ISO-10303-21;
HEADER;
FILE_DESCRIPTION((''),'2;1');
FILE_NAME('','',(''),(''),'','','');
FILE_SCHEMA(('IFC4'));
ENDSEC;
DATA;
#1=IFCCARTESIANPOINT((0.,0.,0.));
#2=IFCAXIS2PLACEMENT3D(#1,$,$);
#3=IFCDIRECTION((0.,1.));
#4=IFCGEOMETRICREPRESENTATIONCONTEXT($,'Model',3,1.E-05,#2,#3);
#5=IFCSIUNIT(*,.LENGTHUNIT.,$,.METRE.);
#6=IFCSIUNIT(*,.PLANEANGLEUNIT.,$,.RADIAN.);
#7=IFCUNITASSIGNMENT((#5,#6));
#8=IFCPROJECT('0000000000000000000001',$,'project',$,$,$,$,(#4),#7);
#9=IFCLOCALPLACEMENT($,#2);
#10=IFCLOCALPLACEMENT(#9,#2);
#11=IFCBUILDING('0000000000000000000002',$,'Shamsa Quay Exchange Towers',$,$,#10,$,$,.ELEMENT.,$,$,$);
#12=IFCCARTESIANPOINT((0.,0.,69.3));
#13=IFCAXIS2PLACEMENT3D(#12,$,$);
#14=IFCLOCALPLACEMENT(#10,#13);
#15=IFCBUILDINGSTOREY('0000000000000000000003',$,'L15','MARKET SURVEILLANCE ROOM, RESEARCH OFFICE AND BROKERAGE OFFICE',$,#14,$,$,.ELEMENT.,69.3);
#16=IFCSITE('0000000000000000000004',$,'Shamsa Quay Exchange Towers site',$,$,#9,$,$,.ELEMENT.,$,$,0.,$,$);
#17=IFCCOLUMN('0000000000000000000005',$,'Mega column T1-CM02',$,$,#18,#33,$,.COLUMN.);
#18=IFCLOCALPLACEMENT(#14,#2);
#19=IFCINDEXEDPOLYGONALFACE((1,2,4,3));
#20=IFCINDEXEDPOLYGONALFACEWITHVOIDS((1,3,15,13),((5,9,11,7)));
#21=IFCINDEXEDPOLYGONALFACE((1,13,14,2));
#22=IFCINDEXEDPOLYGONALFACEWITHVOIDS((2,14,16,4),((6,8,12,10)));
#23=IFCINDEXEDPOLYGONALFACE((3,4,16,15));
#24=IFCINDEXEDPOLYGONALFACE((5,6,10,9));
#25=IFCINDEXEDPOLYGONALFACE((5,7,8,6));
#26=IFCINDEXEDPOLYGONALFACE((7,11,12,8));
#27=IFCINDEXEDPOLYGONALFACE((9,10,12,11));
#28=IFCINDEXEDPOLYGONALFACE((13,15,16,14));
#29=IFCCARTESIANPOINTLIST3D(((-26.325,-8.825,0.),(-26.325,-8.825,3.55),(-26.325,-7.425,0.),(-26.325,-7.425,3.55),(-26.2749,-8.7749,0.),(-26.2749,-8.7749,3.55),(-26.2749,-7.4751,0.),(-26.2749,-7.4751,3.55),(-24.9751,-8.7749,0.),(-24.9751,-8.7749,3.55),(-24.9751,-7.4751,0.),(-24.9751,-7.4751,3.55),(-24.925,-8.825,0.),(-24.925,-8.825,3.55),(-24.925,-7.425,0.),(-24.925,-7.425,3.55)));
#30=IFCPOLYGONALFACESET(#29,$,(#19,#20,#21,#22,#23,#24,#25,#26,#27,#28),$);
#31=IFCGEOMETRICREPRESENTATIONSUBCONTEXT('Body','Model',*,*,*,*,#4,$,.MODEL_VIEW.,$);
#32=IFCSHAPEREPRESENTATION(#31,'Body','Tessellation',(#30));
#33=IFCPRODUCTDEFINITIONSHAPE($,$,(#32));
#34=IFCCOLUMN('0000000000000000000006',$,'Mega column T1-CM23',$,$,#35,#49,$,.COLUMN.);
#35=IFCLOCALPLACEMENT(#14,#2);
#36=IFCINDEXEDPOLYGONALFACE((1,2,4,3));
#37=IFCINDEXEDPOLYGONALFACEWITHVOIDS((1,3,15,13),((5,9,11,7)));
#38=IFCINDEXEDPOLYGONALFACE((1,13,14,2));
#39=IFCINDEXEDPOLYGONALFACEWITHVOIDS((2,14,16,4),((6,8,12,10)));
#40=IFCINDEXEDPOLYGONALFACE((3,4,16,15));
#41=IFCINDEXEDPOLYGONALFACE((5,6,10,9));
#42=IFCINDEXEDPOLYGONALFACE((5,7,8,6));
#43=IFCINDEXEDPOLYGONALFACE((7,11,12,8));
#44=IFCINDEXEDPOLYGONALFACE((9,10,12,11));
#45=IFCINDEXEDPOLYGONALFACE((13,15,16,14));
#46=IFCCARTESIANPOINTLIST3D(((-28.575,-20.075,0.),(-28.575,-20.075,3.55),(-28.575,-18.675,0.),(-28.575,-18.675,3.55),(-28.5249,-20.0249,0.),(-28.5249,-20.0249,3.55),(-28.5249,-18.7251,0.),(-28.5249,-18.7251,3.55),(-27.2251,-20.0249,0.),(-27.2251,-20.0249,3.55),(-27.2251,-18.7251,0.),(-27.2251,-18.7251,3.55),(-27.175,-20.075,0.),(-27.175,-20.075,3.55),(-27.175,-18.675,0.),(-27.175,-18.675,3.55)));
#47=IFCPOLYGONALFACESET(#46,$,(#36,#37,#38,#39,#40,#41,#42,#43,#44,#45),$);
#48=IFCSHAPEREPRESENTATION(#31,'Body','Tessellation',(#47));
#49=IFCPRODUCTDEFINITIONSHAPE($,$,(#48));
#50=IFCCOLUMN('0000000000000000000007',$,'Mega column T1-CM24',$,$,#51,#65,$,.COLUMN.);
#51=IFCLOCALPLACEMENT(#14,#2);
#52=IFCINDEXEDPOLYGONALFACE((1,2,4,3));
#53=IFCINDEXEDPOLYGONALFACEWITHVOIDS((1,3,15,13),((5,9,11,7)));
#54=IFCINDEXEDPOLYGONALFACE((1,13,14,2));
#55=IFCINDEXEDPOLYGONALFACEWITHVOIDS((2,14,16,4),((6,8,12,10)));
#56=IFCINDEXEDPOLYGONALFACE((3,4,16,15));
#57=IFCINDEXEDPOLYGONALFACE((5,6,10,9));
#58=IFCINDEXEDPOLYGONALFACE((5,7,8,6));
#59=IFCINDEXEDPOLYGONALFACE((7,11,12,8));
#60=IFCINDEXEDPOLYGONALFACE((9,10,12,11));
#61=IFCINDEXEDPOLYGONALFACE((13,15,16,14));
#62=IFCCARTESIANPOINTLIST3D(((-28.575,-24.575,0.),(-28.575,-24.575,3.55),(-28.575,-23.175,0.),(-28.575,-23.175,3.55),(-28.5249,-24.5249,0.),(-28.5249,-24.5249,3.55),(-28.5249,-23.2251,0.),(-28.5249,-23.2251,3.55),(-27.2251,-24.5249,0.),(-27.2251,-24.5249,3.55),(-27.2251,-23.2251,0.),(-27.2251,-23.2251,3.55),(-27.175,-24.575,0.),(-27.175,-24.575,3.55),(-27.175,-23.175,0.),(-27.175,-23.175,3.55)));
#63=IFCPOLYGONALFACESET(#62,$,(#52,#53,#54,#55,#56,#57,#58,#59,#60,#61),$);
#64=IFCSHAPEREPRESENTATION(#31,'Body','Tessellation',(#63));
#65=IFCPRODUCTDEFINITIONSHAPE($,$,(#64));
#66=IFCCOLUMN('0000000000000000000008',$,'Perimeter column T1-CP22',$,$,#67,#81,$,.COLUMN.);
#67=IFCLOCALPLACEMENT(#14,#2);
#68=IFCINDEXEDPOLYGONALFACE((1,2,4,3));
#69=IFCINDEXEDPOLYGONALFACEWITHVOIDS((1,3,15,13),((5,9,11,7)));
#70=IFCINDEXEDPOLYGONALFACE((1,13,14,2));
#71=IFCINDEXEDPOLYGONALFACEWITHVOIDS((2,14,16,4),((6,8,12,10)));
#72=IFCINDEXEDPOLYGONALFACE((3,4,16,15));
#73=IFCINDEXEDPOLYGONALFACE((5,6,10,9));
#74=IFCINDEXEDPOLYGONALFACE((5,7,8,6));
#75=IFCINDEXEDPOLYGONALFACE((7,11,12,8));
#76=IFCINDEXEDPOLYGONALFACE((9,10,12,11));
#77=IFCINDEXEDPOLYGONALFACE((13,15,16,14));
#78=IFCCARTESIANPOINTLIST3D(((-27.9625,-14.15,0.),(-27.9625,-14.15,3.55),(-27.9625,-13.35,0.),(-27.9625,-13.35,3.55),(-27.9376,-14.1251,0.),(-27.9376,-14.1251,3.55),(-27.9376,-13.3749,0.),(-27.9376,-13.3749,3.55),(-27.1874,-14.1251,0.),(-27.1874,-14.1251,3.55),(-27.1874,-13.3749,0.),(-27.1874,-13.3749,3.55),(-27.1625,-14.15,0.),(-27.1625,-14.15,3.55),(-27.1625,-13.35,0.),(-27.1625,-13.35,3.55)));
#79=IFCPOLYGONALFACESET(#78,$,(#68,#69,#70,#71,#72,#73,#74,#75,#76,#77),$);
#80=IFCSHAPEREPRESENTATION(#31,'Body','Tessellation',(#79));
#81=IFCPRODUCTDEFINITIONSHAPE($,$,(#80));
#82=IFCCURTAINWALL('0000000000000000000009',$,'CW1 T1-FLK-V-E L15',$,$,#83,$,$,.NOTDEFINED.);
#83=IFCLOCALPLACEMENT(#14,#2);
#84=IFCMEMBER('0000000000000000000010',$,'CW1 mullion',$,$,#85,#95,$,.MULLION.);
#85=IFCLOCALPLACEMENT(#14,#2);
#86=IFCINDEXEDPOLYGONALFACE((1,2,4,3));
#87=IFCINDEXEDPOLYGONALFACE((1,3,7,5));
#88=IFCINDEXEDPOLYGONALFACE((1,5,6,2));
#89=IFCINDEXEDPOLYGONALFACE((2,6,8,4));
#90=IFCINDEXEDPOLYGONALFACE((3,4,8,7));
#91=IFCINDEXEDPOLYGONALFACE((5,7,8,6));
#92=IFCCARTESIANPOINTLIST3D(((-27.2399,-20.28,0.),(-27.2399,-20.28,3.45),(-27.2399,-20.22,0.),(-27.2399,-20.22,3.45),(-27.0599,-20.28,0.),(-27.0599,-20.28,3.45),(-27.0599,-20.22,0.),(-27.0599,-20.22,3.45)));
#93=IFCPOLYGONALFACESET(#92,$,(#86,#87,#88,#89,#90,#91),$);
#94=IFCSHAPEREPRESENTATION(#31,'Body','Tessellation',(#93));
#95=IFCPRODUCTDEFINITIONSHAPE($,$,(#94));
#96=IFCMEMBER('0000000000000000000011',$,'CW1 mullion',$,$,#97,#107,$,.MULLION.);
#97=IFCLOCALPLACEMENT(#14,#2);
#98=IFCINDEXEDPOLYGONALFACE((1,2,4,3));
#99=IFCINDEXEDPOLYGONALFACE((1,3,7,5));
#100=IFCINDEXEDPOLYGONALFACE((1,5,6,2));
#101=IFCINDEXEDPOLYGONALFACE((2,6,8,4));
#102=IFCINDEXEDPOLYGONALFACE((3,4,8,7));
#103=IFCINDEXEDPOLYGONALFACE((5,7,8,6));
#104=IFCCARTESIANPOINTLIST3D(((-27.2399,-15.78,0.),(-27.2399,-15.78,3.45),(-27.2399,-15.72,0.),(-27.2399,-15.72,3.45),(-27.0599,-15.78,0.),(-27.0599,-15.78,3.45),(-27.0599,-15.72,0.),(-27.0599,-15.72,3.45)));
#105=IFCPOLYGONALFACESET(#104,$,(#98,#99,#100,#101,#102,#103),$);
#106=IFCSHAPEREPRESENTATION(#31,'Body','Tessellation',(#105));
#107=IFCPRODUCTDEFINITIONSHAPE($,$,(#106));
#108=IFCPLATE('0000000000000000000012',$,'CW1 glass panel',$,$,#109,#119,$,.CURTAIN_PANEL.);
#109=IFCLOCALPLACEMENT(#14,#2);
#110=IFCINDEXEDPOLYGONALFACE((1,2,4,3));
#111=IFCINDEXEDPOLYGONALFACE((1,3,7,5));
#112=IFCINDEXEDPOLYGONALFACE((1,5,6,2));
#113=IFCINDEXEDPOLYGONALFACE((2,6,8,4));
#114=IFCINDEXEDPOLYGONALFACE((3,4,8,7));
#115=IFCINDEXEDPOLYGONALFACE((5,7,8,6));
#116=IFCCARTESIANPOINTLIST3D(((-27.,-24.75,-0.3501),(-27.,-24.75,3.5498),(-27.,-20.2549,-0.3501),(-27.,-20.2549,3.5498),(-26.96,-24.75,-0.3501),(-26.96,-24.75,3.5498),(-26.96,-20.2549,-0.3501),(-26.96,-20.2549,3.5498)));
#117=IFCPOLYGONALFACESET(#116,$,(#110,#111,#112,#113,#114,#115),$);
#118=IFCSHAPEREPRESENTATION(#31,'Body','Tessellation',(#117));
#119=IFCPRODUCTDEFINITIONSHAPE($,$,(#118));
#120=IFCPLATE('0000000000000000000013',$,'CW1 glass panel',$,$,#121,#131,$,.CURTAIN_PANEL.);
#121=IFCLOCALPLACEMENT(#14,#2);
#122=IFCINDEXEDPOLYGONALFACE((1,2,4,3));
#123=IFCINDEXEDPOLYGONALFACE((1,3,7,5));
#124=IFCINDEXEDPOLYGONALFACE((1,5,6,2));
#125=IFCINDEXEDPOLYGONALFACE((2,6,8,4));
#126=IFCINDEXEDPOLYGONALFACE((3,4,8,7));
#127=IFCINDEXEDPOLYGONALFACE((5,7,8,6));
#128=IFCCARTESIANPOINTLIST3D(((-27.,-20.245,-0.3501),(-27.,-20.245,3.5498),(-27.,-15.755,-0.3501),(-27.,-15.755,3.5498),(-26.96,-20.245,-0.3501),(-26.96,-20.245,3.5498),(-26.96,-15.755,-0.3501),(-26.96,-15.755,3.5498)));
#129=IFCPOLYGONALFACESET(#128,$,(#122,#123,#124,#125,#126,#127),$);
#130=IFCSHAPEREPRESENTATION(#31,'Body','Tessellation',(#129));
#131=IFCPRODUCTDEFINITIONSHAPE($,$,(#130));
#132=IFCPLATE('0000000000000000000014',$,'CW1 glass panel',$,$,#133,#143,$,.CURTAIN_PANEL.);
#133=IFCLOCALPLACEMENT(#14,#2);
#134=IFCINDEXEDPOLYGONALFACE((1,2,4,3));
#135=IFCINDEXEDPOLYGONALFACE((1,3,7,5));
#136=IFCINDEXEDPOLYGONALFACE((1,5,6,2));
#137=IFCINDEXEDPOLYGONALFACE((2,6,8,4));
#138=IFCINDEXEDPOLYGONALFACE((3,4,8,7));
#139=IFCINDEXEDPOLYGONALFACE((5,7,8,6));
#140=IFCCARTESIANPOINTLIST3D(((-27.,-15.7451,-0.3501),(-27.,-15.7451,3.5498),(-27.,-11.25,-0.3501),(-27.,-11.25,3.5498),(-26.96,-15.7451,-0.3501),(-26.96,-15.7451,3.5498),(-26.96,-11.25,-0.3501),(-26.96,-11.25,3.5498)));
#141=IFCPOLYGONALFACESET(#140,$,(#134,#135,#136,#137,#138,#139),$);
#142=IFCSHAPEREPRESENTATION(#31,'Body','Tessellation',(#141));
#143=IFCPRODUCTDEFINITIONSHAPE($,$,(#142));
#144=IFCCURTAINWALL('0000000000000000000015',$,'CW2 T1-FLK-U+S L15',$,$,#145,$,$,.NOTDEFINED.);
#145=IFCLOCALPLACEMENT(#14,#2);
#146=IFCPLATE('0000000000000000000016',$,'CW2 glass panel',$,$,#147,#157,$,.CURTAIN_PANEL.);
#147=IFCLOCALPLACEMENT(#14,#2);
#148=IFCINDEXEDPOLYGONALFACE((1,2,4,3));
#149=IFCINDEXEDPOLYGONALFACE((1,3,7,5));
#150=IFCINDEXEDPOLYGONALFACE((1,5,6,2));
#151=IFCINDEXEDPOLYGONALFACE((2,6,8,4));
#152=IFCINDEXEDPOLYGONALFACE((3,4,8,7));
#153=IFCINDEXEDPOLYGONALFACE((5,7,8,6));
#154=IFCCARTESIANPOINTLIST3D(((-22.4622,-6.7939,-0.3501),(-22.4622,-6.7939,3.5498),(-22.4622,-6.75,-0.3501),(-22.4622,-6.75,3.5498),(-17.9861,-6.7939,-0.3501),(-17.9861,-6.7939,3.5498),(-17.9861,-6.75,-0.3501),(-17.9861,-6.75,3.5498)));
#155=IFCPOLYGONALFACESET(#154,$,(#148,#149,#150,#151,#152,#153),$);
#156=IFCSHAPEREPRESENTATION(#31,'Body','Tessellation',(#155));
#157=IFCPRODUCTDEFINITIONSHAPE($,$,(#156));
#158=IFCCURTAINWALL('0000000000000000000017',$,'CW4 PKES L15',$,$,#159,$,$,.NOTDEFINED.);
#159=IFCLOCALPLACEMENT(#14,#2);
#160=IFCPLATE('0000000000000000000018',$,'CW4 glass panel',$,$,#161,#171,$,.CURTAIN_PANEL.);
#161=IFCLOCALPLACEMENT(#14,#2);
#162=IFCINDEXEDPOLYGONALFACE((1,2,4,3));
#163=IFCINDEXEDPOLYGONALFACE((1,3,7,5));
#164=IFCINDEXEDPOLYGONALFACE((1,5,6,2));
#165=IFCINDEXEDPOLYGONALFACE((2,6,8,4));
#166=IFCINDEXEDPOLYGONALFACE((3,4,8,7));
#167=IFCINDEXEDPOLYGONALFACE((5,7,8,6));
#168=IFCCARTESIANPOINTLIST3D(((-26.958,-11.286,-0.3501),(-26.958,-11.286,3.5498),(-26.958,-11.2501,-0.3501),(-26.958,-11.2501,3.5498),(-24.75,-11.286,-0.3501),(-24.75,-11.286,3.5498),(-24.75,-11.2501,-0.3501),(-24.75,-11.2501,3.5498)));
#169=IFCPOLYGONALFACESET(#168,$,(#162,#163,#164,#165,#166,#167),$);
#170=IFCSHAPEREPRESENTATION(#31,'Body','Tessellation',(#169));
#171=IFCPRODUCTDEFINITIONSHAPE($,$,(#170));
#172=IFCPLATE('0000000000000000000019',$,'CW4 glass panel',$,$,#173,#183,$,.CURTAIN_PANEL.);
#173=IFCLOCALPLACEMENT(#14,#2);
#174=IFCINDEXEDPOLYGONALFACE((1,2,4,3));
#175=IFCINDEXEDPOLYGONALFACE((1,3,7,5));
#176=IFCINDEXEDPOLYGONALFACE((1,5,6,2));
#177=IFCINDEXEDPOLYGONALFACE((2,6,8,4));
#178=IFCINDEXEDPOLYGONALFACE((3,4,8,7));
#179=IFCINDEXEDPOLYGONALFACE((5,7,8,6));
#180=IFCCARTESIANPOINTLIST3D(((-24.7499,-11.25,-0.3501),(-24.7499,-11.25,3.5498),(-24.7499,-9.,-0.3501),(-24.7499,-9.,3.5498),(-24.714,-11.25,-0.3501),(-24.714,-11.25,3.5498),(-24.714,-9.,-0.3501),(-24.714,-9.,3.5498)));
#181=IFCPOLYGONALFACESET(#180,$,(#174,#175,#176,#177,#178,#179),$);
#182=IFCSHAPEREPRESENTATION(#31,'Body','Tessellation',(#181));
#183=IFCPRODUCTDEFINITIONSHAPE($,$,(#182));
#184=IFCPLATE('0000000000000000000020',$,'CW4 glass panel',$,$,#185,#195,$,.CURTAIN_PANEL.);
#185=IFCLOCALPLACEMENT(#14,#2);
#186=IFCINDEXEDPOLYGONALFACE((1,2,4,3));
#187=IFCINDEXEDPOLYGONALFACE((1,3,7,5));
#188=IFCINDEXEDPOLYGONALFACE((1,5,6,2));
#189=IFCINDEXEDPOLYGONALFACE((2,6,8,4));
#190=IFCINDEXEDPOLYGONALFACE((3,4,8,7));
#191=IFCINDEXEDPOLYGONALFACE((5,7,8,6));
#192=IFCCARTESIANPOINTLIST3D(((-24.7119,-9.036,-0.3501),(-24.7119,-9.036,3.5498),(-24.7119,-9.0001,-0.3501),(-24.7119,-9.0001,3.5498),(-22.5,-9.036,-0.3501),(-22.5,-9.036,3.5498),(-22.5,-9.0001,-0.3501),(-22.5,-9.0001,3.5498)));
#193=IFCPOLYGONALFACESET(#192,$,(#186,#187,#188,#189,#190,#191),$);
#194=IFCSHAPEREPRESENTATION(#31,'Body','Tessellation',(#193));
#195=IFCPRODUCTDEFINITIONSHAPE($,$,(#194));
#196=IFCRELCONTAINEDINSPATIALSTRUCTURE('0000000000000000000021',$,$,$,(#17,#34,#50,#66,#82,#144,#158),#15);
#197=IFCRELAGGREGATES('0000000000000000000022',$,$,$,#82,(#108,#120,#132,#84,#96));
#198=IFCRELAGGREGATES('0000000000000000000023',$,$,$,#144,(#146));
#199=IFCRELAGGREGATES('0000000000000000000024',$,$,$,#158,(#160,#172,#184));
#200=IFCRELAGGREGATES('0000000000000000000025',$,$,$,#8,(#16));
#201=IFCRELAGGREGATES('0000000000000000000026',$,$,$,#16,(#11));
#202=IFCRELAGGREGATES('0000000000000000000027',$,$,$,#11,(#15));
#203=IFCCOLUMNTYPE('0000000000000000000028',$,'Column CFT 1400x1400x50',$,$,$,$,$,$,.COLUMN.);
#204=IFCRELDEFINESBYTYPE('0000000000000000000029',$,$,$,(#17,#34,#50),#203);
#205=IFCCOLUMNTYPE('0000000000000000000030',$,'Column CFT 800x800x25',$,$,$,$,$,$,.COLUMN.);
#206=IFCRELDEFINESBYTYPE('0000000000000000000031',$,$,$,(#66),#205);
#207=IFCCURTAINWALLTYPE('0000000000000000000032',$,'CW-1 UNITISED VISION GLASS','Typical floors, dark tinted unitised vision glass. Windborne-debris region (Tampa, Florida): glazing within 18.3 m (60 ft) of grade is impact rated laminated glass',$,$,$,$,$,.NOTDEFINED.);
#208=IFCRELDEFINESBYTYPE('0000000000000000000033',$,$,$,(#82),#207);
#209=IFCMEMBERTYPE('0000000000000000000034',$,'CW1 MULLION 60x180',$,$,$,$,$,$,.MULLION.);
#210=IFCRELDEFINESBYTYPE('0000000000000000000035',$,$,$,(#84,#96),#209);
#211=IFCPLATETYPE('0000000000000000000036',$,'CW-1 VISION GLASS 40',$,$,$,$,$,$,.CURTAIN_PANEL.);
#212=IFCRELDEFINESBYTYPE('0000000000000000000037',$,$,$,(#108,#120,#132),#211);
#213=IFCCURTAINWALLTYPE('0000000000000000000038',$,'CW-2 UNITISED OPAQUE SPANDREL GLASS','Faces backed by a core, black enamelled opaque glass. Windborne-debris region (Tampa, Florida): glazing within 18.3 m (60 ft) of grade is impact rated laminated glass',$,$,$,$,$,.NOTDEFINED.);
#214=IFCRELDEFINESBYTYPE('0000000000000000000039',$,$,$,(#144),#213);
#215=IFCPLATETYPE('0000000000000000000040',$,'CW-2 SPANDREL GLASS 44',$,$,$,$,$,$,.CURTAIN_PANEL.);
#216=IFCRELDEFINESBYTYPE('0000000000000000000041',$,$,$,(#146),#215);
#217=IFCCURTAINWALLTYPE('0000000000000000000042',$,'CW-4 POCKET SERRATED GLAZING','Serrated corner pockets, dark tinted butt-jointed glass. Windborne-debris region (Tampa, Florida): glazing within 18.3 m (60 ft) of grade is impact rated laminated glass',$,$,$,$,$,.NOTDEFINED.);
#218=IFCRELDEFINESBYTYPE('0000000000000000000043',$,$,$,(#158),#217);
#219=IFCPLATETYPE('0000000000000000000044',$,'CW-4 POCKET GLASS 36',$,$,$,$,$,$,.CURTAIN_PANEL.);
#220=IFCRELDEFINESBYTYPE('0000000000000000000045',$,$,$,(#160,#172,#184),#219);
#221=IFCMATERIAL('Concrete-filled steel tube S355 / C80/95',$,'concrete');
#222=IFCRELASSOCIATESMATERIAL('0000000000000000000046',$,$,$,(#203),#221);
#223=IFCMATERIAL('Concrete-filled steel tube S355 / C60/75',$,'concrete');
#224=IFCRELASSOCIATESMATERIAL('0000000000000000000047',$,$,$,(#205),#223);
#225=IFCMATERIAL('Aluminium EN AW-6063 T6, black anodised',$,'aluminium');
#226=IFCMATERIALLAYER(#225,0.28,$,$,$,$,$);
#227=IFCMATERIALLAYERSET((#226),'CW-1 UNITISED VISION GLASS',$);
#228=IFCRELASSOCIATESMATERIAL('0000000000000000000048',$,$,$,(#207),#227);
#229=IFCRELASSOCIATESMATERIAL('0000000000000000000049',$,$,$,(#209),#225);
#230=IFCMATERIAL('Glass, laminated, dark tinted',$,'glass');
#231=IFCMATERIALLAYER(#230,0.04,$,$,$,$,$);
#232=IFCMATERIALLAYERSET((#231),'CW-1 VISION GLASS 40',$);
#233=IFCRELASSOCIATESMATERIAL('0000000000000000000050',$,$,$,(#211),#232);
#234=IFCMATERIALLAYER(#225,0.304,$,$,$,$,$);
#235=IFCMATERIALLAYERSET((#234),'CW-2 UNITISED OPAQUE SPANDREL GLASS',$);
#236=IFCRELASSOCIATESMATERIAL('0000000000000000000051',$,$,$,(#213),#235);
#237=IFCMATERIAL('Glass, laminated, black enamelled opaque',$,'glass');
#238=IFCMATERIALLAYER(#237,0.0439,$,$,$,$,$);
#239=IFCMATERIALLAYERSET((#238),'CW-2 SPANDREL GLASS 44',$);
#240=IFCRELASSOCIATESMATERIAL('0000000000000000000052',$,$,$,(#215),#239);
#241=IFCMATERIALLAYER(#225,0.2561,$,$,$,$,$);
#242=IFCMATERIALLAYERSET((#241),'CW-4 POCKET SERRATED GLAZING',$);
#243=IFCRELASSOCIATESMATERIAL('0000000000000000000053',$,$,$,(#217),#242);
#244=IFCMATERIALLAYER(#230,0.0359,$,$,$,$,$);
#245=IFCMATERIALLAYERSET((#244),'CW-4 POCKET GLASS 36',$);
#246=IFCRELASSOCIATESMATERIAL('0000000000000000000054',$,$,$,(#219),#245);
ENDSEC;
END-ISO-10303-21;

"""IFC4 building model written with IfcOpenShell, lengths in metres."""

from ifc_helpers import new_model, si_unit, direction, frame, origin, origin_2d, place, context, subcontext, project, spatial, rectangle, hollow_rectangle, extrude, material, layer, layer_set, material_profile, profile_set, type_object, element, aggregate, save


model = new_model("IFC4")

# Units and contexts
model_context = context("Model", 3, precision=1e-05, world=origin(), true_north=direction((0.0, 1.0)))
body_context = subcontext(model_context, "Body", "Model", "MODEL_VIEW")
ifc_project = project(units=[si_unit("LENGTHUNIT", "METRE"), si_unit("PLANEANGLEUNIT", "RADIAN")], contexts=[model_context])

# Site, building, storey
site_placement = place(None, origin())
site = spatial("IfcSite", under=ifc_project, at=site_placement, Name="Shamsa Quay Exchange Towers site", CompositionType="ELEMENT", RefElevation=0.0)
building_placement = place(site_placement, origin())
building = spatial("IfcBuilding", under=site, at=building_placement, Name="Shamsa Quay Exchange Towers", CompositionType="ELEMENT")
storey_placement = place(building_placement, frame((0.0, 0.0, 69.3)))
storey = spatial("IfcBuildingStorey", under=building, at=storey_placement, Name="L15", Description="MARKET SURVEILLANCE ROOM, RESEARCH OFFICE AND BROKERAGE OFFICE", CompositionType="ELEMENT", Elevation=69.3)

# Columns
ifc_material_1 = material(Name="Concrete-filled steel tube S355 / C80/95", Category="concrete")
ifc_material_profile_1 = material_profile(ifc_material_1, hollow_rectangle(XDim=1.3999, YDim=1.3999, WallThickness=0.05, at=origin_2d()), Name="CFT 1400x1400x50")
ifc_profile_set_1 = profile_set([ifc_material_profile_1], Name="Concrete-filled steel tube S355 / C80/95")
column_type_1 = type_object("IfcColumnType", Name="Column CFT 1400x1400x50", PredefinedType="COLUMN", material=ifc_profile_set_1)
for number, where, name in (
    (1, (-25.625, -8.125, 0.0), "Mega column T1-CM02"),
    (2, (-27.875, -19.375, 0.0), "Mega column T1-CM23"),
    (3, (-27.875, -23.875, 0.0), "Mega column T1-CM24"),
):
    element("IfcColumn", number, at=place(storey_placement, frame(where)), inside=storey, type_object=column_type_1, Name=name, PredefinedType="COLUMN", context=body_context, shape_type="SweptSolid", body=[
        extrude(hollow_rectangle(XDim=1.3999, YDim=1.3999, WallThickness=0.05, at=origin_2d()), origin(), (0.0, 0.0, 1.0), 3.55),
    ])
ifc_material_2 = material(Name="Concrete-filled steel tube S355 / C60/75", Category="concrete")
ifc_material_profile_2 = material_profile(ifc_material_2, hollow_rectangle(XDim=0.8, YDim=0.8, WallThickness=0.0249, at=origin_2d()), Name="CFT 800x800x25")
ifc_profile_set_2 = profile_set([ifc_material_profile_2], Name="Concrete-filled steel tube S355 / C60/75")
column_type_2 = type_object("IfcColumnType", Name="Column CFT 800x800x25", PredefinedType="COLUMN", material=ifc_profile_set_2)
column_placement = place(storey_placement, frame((-27.5625, -13.75, 0.0)))
element("IfcColumn", 4, at=column_placement, inside=storey, type_object=column_type_2, Name="Perimeter column T1-CP22", PredefinedType="COLUMN", context=body_context, shape_type="SweptSolid", body=[
    extrude(hollow_rectangle(XDim=0.8, YDim=0.8, WallThickness=0.0249, at=origin_2d()), origin(), (0.0, 0.0, 1.0), 3.55),
])

# Curtain wall, members, plates
ifc_material_3 = material(Name="Aluminium EN AW-6063 T6, black anodised", Category="aluminium")
ifc_layer_1 = layer(ifc_material_3, 0.28)
ifc_layer_set_1 = layer_set([ifc_layer_1], Name="CW-1 UNITISED VISION GLASS")
curtain_wall_type_1 = type_object("IfcCurtainWallType", Name="CW-1 UNITISED VISION GLASS", Description="Typical floors, dark tinted unitised vision glass. Windborne-debris region (Tampa, Florida): glazing within 18.3 m (60 ft) of grade is impact rated laminated glass", PredefinedType="NOTDEFINED", material=ifc_layer_set_1)
curtain_wall_1_placement = place(storey_placement, origin())
curtain_wall_1 = element("IfcCurtainWall", 5, at=curtain_wall_1_placement, inside=storey, type_object=curtain_wall_type_1, Name="CW1 T1-FLK-V-E L15", PredefinedType="NOTDEFINED")
ifc_material_profile_3 = material_profile(ifc_material_3, rectangle(XDim=0.1799, YDim=0.0601, at=origin_2d()), Name="MU60x180")
ifc_profile_set_3 = profile_set([ifc_material_profile_3], Name="Aluminium EN AW-6063 T6, black anodised")
member_type = type_object("IfcMemberType", Name="CW1 MULLION 60x180", PredefinedType="MULLION", material=ifc_profile_set_3)
member_1_placement = place(storey_placement, frame((-27.1499, -20.25, 0.0), z_axis=(0.0, 0.0, 1.0), x_axis=(-1.0, 0.0, 0.0)))
member_1 = element("IfcMember", 6, at=member_1_placement, type_object=member_type, Name="CW1 mullion", PredefinedType="MULLION", context=body_context, shape_type="SweptSolid", body=[
    extrude(rectangle(XDim=0.1799, YDim=0.0601, at=origin_2d()), origin(), (0.0, 0.0, 1.0), 3.45),
])
member_2_placement = place(storey_placement, frame((-27.1499, -15.75, 0.0), z_axis=(0.0, 0.0, 1.0), x_axis=(-1.0, 0.0, 0.0)))
member_2 = element("IfcMember", 7, at=member_2_placement, type_object=member_type, Name="CW1 mullion", PredefinedType="MULLION", context=body_context, shape_type="SweptSolid", body=[
    extrude(rectangle(XDim=0.1799, YDim=0.0601, at=origin_2d()), origin(), (0.0, 0.0, 1.0), 3.45),
])
ifc_material_4 = material(Name="Glass, laminated, dark tinted", Category="glass")
ifc_layer_2 = layer(ifc_material_4, 0.04)
ifc_layer_set_2 = layer_set([ifc_layer_2], Name="CW-1 VISION GLASS 40")
plate_type_1 = type_object("IfcPlateType", Name="CW-1 VISION GLASS 40", PredefinedType="CURTAIN_PANEL", material=ifc_layer_set_2)
plate_1_placement = place(storey_placement, frame((-26.98, -22.5024, -0.3501), z_axis=(0.0, 0.0, 1.0), x_axis=(0.0, 1.0, 0.0)))
plate_1 = element("IfcPlate", 8, at=plate_1_placement, type_object=plate_type_1, Name="CW1 glass panel", PredefinedType="CURTAIN_PANEL", context=body_context, shape_type="SweptSolid", body=[
    extrude(rectangle(XDim=4.4951, YDim=0.04, at=origin_2d()), origin(), (0.0, 0.0, 1.0), 3.8999),
])
plate_2_placement = place(storey_placement, frame((-26.98, -18.0, -0.3501), z_axis=(0.0, 0.0, 1.0), x_axis=(0.0, 1.0, 0.0)))
plate_2 = element("IfcPlate", 9, at=plate_2_placement, type_object=plate_type_1, Name="CW1 glass panel", PredefinedType="CURTAIN_PANEL", context=body_context, shape_type="SweptSolid", body=[
    extrude(rectangle(XDim=4.49, YDim=0.04, at=origin_2d()), origin(), (0.0, 0.0, 1.0), 3.8999),
])
plate_3_placement = place(storey_placement, frame((-26.98, -13.4976, -0.3501), z_axis=(0.0, 0.0, 1.0), x_axis=(0.0, 1.0, 0.0)))
plate_3 = element("IfcPlate", 10, at=plate_3_placement, type_object=plate_type_1, Name="CW1 glass panel", PredefinedType="CURTAIN_PANEL", context=body_context, shape_type="SweptSolid", body=[
    extrude(rectangle(XDim=4.4951, YDim=0.04, at=origin_2d()), origin(), (0.0, 0.0, 1.0), 3.8999),
])
aggregate(curtain_wall_1, [plate_1, plate_2, plate_3, member_1, member_2])

# Curtain wall, plate
ifc_layer_3 = layer(ifc_material_3, 0.304)
ifc_layer_set_3 = layer_set([ifc_layer_3], Name="CW-2 UNITISED OPAQUE SPANDREL GLASS")
curtain_wall_type_2 = type_object("IfcCurtainWallType", Name="CW-2 UNITISED OPAQUE SPANDREL GLASS", Description="Faces backed by a core, black enamelled opaque glass. Windborne-debris region (Tampa, Florida): glazing within 18.3 m (60 ft) of grade is impact rated laminated glass", PredefinedType="NOTDEFINED", material=ifc_layer_set_3)
curtain_wall_2_placement = place(storey_placement, origin())
curtain_wall_2 = element("IfcCurtainWall", 11, at=curtain_wall_2_placement, inside=storey, type_object=curtain_wall_type_2, Name="CW2 T1-FLK-U+S L15", PredefinedType="NOTDEFINED")
ifc_material_5 = material(Name="Glass, laminated, black enamelled opaque", Category="glass")
ifc_layer_4 = layer(ifc_material_5, 0.0439)
ifc_layer_set_4 = layer_set([ifc_layer_4], Name="CW-2 SPANDREL GLASS 44")
plate_type_2 = type_object("IfcPlateType", Name="CW-2 SPANDREL GLASS 44", PredefinedType="CURTAIN_PANEL", material=ifc_layer_set_4)
plate_4_placement = place(storey_placement, frame((-20.2241, -6.772, -0.3501)))
plate_4 = element("IfcPlate", 12, at=plate_4_placement, type_object=plate_type_2, Name="CW2 glass panel", PredefinedType="CURTAIN_PANEL", context=body_context, shape_type="SweptSolid", body=[
    extrude(rectangle(XDim=4.4761, YDim=0.0439, at=origin_2d()), origin(), (0.0, 0.0, 1.0), 3.8999),
])
aggregate(curtain_wall_2, [plate_4])

# Curtain wall, plates
ifc_layer_5 = layer(ifc_material_3, 0.2561)
ifc_layer_set_5 = layer_set([ifc_layer_5], Name="CW-4 POCKET SERRATED GLAZING")
curtain_wall_type_3 = type_object("IfcCurtainWallType", Name="CW-4 POCKET SERRATED GLAZING", Description="Serrated corner pockets, dark tinted butt-jointed glass. Windborne-debris region (Tampa, Florida): glazing within 18.3 m (60 ft) of grade is impact rated laminated glass", PredefinedType="NOTDEFINED", material=ifc_layer_set_5)
curtain_wall_3_placement = place(storey_placement, origin())
curtain_wall_3 = element("IfcCurtainWall", 13, at=curtain_wall_3_placement, inside=storey, type_object=curtain_wall_type_3, Name="CW4 PKES L15", PredefinedType="NOTDEFINED")
ifc_layer_6 = layer(ifc_material_4, 0.0359)
ifc_layer_set_6 = layer_set([ifc_layer_6], Name="CW-4 POCKET GLASS 36")
plate_type_3 = type_object("IfcPlateType", Name="CW-4 POCKET GLASS 36", PredefinedType="CURTAIN_PANEL", material=ifc_layer_set_6)
plate_5_placement = place(storey_placement, frame((-25.854, -11.2681, -0.3501)))
plate_5 = element("IfcPlate", 14, at=plate_5_placement, type_object=plate_type_3, Name="CW4 glass panel", PredefinedType="CURTAIN_PANEL", context=body_context, shape_type="SweptSolid", body=[
    extrude(rectangle(XDim=2.208, YDim=0.0359, at=origin_2d()), origin(), (0.0, 0.0, 1.0), 3.8999),
])
plate_6_placement = place(storey_placement, frame((-24.7319, -10.125, -0.3501), z_axis=(0.0, 0.0, 1.0), x_axis=(0.0, 1.0, 0.0)))
plate_6 = element("IfcPlate", 15, at=plate_6_placement, type_object=plate_type_3, Name="CW4 glass panel", PredefinedType="CURTAIN_PANEL", context=body_context, shape_type="SweptSolid", body=[
    extrude(rectangle(XDim=2.25, YDim=0.0359, at=origin_2d()), origin(), (0.0, 0.0, 1.0), 3.8999),
])
plate_7_placement = place(storey_placement, frame((-23.606, -9.0181, -0.3501)))
plate_7 = element("IfcPlate", 16, at=plate_7_placement, type_object=plate_type_3, Name="CW4 glass panel", PredefinedType="CURTAIN_PANEL", context=body_context, shape_type="SweptSolid", body=[
    extrude(rectangle(XDim=2.2119, YDim=0.0359, at=origin_2d()), origin(), (0.0, 0.0, 1.0), 3.8999),
])
aggregate(curtain_wall_3, [plate_5, plate_6, plate_7])

save(model, "model.ifc")
